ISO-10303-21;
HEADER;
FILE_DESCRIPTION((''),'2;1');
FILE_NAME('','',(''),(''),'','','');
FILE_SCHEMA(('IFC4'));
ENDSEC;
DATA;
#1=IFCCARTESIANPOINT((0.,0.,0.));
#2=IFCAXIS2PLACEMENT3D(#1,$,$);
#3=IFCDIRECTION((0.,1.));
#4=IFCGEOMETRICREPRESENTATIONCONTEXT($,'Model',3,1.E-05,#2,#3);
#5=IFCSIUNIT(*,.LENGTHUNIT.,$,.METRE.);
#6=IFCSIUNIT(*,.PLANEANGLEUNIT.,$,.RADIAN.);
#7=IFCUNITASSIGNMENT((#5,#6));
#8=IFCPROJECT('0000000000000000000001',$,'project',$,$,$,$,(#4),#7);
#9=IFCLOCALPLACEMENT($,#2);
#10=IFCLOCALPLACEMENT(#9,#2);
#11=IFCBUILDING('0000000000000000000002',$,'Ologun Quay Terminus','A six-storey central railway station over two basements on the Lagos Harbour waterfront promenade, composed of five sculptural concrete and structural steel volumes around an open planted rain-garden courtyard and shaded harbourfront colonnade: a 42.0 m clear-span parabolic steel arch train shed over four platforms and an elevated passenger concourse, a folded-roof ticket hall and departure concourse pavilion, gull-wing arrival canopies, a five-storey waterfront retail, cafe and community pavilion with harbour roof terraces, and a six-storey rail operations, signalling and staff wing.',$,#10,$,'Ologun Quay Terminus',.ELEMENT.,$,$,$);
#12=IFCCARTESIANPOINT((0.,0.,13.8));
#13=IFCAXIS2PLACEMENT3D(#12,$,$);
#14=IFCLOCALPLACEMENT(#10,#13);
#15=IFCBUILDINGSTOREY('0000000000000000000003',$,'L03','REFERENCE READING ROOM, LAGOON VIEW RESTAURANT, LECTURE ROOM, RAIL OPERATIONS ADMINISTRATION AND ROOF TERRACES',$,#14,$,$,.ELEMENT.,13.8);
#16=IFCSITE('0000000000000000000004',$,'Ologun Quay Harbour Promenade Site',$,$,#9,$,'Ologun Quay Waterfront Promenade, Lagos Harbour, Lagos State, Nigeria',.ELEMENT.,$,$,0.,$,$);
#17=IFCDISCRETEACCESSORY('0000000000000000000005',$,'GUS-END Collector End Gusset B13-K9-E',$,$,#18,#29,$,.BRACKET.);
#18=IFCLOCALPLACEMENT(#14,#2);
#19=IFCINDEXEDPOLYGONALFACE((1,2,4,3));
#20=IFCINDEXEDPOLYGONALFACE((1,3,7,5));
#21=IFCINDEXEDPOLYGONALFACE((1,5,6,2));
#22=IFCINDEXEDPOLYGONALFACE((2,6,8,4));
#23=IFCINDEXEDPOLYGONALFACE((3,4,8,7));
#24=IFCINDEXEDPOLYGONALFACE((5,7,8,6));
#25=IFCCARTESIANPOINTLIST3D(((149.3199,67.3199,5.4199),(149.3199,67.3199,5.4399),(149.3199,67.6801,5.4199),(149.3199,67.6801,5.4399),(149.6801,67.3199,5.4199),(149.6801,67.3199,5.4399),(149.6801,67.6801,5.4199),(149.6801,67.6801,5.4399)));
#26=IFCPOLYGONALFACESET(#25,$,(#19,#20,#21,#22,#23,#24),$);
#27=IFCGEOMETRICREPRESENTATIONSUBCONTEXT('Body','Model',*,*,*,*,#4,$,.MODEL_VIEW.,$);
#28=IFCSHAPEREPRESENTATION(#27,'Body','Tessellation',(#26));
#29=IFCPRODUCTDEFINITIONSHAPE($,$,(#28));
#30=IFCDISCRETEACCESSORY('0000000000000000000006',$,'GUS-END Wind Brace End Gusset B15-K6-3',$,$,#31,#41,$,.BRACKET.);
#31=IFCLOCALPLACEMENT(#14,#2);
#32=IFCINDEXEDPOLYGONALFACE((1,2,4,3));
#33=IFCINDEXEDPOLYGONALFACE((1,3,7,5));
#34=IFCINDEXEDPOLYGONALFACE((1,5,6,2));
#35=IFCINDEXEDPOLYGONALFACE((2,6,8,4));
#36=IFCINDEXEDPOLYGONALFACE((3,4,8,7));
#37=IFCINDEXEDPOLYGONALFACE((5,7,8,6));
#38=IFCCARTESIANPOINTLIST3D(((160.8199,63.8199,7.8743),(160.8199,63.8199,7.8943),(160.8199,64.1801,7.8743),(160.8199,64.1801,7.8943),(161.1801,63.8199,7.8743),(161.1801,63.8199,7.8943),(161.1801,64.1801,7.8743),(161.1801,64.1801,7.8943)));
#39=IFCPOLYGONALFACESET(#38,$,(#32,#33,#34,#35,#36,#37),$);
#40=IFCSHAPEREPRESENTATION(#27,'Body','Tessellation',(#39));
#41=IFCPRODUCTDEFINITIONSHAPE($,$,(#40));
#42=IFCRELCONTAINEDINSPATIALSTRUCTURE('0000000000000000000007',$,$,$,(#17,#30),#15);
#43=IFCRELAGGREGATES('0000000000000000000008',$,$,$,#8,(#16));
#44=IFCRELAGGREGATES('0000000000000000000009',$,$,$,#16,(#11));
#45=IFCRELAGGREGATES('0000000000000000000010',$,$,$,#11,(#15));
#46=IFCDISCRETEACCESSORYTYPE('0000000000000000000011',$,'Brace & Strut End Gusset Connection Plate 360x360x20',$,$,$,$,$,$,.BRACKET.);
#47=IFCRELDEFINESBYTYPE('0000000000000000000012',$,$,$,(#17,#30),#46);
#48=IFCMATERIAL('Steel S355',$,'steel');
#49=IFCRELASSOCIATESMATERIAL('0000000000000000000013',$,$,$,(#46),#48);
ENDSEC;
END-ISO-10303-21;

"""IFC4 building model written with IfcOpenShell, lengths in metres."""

from ifc_helpers import new_model, si_unit, direction, frame, origin, origin_2d, place, context, subcontext, project, spatial, rectangle, extrude, material, type_object, element, save


model = new_model("IFC4")

# Units and contexts
model_context = context("Model", 3, precision=1e-05, world=origin(), true_north=direction((0.0, 1.0)))
body_context = subcontext(model_context, "Body", "Model", "MODEL_VIEW")
ifc_project = project(units=[si_unit("LENGTHUNIT", "METRE"), si_unit("PLANEANGLEUNIT", "RADIAN")], contexts=[model_context])

# Site, building, storey
site_placement = place(None, origin())
site = spatial("IfcSite", under=ifc_project, at=site_placement, Name="Ologun Quay Harbour Promenade Site", LongName="Ologun Quay Waterfront Promenade, Lagos Harbour, Lagos State, Nigeria", CompositionType="ELEMENT", RefElevation=0.0)
building_placement = place(site_placement, origin())
building = spatial("IfcBuilding", under=site, at=building_placement, Name="Ologun Quay Terminus", Description="A six-storey central railway station over two basements on the Lagos Harbour waterfront promenade, composed of five sculptural concrete and structural steel volumes around an open planted rain-garden courtyard and shaded harbourfront colonnade: a 42.0 m clear-span parabolic steel arch train shed over four platforms and an elevated passenger concourse, a folded-roof ticket hall and departure concourse pavilion, gull-wing arrival canopies, a five-storey waterfront retail, cafe and community pavilion with harbour roof terraces, and a six-storey rail operations, signalling and staff wing.", LongName="Ologun Quay Terminus", CompositionType="ELEMENT")
storey_placement = place(building_placement, frame((0.0, 0.0, 13.8)))
storey = spatial("IfcBuildingStorey", under=building, at=storey_placement, Name="L03", Description="REFERENCE READING ROOM, LAGOON VIEW RESTAURANT, LECTURE ROOM, RAIL OPERATIONS ADMINISTRATION AND ROOF TERRACES", CompositionType="ELEMENT", Elevation=13.8)

# Discrete accessories
ifc_material_1 = material(Name="Steel S355", Category="steel")
discrete_accessory_type = type_object("IfcDiscreteAccessoryType", Name="Brace & Strut End Gusset Connection Plate 360x360x20", PredefinedType="BRACKET", material=ifc_material_1)
for number, where, z_axis, x_axis, name in (
    (1, (149.5, 67.5, 5.4199), (0.0, 0.0, 1.0), (1.0, 0.0, 0.0), "GUS-END Collector End Gusset B13-K9-E"),
    (2, (161.0, 64.0, 7.8743), (0.0, 0.0, 1.0), (1.0, 0.0, 0.0), "GUS-END Wind Brace End Gusset B15-K6-3"),
):
    element("IfcDiscreteAccessory", number, at=place(storey_placement, frame(where, z_axis=z_axis, x_axis=x_axis)), inside=storey, type_object=discrete_accessory_type, Name=name, PredefinedType="BRACKET", context=body_context, shape_type="SweptSolid", body=[
        extrude(rectangle(XDim=0.3601, YDim=0.3601, at=origin_2d()), origin(), (0.0, 0.0, 1.0), 0.02),
    ])

save(model, "model.ifc")
